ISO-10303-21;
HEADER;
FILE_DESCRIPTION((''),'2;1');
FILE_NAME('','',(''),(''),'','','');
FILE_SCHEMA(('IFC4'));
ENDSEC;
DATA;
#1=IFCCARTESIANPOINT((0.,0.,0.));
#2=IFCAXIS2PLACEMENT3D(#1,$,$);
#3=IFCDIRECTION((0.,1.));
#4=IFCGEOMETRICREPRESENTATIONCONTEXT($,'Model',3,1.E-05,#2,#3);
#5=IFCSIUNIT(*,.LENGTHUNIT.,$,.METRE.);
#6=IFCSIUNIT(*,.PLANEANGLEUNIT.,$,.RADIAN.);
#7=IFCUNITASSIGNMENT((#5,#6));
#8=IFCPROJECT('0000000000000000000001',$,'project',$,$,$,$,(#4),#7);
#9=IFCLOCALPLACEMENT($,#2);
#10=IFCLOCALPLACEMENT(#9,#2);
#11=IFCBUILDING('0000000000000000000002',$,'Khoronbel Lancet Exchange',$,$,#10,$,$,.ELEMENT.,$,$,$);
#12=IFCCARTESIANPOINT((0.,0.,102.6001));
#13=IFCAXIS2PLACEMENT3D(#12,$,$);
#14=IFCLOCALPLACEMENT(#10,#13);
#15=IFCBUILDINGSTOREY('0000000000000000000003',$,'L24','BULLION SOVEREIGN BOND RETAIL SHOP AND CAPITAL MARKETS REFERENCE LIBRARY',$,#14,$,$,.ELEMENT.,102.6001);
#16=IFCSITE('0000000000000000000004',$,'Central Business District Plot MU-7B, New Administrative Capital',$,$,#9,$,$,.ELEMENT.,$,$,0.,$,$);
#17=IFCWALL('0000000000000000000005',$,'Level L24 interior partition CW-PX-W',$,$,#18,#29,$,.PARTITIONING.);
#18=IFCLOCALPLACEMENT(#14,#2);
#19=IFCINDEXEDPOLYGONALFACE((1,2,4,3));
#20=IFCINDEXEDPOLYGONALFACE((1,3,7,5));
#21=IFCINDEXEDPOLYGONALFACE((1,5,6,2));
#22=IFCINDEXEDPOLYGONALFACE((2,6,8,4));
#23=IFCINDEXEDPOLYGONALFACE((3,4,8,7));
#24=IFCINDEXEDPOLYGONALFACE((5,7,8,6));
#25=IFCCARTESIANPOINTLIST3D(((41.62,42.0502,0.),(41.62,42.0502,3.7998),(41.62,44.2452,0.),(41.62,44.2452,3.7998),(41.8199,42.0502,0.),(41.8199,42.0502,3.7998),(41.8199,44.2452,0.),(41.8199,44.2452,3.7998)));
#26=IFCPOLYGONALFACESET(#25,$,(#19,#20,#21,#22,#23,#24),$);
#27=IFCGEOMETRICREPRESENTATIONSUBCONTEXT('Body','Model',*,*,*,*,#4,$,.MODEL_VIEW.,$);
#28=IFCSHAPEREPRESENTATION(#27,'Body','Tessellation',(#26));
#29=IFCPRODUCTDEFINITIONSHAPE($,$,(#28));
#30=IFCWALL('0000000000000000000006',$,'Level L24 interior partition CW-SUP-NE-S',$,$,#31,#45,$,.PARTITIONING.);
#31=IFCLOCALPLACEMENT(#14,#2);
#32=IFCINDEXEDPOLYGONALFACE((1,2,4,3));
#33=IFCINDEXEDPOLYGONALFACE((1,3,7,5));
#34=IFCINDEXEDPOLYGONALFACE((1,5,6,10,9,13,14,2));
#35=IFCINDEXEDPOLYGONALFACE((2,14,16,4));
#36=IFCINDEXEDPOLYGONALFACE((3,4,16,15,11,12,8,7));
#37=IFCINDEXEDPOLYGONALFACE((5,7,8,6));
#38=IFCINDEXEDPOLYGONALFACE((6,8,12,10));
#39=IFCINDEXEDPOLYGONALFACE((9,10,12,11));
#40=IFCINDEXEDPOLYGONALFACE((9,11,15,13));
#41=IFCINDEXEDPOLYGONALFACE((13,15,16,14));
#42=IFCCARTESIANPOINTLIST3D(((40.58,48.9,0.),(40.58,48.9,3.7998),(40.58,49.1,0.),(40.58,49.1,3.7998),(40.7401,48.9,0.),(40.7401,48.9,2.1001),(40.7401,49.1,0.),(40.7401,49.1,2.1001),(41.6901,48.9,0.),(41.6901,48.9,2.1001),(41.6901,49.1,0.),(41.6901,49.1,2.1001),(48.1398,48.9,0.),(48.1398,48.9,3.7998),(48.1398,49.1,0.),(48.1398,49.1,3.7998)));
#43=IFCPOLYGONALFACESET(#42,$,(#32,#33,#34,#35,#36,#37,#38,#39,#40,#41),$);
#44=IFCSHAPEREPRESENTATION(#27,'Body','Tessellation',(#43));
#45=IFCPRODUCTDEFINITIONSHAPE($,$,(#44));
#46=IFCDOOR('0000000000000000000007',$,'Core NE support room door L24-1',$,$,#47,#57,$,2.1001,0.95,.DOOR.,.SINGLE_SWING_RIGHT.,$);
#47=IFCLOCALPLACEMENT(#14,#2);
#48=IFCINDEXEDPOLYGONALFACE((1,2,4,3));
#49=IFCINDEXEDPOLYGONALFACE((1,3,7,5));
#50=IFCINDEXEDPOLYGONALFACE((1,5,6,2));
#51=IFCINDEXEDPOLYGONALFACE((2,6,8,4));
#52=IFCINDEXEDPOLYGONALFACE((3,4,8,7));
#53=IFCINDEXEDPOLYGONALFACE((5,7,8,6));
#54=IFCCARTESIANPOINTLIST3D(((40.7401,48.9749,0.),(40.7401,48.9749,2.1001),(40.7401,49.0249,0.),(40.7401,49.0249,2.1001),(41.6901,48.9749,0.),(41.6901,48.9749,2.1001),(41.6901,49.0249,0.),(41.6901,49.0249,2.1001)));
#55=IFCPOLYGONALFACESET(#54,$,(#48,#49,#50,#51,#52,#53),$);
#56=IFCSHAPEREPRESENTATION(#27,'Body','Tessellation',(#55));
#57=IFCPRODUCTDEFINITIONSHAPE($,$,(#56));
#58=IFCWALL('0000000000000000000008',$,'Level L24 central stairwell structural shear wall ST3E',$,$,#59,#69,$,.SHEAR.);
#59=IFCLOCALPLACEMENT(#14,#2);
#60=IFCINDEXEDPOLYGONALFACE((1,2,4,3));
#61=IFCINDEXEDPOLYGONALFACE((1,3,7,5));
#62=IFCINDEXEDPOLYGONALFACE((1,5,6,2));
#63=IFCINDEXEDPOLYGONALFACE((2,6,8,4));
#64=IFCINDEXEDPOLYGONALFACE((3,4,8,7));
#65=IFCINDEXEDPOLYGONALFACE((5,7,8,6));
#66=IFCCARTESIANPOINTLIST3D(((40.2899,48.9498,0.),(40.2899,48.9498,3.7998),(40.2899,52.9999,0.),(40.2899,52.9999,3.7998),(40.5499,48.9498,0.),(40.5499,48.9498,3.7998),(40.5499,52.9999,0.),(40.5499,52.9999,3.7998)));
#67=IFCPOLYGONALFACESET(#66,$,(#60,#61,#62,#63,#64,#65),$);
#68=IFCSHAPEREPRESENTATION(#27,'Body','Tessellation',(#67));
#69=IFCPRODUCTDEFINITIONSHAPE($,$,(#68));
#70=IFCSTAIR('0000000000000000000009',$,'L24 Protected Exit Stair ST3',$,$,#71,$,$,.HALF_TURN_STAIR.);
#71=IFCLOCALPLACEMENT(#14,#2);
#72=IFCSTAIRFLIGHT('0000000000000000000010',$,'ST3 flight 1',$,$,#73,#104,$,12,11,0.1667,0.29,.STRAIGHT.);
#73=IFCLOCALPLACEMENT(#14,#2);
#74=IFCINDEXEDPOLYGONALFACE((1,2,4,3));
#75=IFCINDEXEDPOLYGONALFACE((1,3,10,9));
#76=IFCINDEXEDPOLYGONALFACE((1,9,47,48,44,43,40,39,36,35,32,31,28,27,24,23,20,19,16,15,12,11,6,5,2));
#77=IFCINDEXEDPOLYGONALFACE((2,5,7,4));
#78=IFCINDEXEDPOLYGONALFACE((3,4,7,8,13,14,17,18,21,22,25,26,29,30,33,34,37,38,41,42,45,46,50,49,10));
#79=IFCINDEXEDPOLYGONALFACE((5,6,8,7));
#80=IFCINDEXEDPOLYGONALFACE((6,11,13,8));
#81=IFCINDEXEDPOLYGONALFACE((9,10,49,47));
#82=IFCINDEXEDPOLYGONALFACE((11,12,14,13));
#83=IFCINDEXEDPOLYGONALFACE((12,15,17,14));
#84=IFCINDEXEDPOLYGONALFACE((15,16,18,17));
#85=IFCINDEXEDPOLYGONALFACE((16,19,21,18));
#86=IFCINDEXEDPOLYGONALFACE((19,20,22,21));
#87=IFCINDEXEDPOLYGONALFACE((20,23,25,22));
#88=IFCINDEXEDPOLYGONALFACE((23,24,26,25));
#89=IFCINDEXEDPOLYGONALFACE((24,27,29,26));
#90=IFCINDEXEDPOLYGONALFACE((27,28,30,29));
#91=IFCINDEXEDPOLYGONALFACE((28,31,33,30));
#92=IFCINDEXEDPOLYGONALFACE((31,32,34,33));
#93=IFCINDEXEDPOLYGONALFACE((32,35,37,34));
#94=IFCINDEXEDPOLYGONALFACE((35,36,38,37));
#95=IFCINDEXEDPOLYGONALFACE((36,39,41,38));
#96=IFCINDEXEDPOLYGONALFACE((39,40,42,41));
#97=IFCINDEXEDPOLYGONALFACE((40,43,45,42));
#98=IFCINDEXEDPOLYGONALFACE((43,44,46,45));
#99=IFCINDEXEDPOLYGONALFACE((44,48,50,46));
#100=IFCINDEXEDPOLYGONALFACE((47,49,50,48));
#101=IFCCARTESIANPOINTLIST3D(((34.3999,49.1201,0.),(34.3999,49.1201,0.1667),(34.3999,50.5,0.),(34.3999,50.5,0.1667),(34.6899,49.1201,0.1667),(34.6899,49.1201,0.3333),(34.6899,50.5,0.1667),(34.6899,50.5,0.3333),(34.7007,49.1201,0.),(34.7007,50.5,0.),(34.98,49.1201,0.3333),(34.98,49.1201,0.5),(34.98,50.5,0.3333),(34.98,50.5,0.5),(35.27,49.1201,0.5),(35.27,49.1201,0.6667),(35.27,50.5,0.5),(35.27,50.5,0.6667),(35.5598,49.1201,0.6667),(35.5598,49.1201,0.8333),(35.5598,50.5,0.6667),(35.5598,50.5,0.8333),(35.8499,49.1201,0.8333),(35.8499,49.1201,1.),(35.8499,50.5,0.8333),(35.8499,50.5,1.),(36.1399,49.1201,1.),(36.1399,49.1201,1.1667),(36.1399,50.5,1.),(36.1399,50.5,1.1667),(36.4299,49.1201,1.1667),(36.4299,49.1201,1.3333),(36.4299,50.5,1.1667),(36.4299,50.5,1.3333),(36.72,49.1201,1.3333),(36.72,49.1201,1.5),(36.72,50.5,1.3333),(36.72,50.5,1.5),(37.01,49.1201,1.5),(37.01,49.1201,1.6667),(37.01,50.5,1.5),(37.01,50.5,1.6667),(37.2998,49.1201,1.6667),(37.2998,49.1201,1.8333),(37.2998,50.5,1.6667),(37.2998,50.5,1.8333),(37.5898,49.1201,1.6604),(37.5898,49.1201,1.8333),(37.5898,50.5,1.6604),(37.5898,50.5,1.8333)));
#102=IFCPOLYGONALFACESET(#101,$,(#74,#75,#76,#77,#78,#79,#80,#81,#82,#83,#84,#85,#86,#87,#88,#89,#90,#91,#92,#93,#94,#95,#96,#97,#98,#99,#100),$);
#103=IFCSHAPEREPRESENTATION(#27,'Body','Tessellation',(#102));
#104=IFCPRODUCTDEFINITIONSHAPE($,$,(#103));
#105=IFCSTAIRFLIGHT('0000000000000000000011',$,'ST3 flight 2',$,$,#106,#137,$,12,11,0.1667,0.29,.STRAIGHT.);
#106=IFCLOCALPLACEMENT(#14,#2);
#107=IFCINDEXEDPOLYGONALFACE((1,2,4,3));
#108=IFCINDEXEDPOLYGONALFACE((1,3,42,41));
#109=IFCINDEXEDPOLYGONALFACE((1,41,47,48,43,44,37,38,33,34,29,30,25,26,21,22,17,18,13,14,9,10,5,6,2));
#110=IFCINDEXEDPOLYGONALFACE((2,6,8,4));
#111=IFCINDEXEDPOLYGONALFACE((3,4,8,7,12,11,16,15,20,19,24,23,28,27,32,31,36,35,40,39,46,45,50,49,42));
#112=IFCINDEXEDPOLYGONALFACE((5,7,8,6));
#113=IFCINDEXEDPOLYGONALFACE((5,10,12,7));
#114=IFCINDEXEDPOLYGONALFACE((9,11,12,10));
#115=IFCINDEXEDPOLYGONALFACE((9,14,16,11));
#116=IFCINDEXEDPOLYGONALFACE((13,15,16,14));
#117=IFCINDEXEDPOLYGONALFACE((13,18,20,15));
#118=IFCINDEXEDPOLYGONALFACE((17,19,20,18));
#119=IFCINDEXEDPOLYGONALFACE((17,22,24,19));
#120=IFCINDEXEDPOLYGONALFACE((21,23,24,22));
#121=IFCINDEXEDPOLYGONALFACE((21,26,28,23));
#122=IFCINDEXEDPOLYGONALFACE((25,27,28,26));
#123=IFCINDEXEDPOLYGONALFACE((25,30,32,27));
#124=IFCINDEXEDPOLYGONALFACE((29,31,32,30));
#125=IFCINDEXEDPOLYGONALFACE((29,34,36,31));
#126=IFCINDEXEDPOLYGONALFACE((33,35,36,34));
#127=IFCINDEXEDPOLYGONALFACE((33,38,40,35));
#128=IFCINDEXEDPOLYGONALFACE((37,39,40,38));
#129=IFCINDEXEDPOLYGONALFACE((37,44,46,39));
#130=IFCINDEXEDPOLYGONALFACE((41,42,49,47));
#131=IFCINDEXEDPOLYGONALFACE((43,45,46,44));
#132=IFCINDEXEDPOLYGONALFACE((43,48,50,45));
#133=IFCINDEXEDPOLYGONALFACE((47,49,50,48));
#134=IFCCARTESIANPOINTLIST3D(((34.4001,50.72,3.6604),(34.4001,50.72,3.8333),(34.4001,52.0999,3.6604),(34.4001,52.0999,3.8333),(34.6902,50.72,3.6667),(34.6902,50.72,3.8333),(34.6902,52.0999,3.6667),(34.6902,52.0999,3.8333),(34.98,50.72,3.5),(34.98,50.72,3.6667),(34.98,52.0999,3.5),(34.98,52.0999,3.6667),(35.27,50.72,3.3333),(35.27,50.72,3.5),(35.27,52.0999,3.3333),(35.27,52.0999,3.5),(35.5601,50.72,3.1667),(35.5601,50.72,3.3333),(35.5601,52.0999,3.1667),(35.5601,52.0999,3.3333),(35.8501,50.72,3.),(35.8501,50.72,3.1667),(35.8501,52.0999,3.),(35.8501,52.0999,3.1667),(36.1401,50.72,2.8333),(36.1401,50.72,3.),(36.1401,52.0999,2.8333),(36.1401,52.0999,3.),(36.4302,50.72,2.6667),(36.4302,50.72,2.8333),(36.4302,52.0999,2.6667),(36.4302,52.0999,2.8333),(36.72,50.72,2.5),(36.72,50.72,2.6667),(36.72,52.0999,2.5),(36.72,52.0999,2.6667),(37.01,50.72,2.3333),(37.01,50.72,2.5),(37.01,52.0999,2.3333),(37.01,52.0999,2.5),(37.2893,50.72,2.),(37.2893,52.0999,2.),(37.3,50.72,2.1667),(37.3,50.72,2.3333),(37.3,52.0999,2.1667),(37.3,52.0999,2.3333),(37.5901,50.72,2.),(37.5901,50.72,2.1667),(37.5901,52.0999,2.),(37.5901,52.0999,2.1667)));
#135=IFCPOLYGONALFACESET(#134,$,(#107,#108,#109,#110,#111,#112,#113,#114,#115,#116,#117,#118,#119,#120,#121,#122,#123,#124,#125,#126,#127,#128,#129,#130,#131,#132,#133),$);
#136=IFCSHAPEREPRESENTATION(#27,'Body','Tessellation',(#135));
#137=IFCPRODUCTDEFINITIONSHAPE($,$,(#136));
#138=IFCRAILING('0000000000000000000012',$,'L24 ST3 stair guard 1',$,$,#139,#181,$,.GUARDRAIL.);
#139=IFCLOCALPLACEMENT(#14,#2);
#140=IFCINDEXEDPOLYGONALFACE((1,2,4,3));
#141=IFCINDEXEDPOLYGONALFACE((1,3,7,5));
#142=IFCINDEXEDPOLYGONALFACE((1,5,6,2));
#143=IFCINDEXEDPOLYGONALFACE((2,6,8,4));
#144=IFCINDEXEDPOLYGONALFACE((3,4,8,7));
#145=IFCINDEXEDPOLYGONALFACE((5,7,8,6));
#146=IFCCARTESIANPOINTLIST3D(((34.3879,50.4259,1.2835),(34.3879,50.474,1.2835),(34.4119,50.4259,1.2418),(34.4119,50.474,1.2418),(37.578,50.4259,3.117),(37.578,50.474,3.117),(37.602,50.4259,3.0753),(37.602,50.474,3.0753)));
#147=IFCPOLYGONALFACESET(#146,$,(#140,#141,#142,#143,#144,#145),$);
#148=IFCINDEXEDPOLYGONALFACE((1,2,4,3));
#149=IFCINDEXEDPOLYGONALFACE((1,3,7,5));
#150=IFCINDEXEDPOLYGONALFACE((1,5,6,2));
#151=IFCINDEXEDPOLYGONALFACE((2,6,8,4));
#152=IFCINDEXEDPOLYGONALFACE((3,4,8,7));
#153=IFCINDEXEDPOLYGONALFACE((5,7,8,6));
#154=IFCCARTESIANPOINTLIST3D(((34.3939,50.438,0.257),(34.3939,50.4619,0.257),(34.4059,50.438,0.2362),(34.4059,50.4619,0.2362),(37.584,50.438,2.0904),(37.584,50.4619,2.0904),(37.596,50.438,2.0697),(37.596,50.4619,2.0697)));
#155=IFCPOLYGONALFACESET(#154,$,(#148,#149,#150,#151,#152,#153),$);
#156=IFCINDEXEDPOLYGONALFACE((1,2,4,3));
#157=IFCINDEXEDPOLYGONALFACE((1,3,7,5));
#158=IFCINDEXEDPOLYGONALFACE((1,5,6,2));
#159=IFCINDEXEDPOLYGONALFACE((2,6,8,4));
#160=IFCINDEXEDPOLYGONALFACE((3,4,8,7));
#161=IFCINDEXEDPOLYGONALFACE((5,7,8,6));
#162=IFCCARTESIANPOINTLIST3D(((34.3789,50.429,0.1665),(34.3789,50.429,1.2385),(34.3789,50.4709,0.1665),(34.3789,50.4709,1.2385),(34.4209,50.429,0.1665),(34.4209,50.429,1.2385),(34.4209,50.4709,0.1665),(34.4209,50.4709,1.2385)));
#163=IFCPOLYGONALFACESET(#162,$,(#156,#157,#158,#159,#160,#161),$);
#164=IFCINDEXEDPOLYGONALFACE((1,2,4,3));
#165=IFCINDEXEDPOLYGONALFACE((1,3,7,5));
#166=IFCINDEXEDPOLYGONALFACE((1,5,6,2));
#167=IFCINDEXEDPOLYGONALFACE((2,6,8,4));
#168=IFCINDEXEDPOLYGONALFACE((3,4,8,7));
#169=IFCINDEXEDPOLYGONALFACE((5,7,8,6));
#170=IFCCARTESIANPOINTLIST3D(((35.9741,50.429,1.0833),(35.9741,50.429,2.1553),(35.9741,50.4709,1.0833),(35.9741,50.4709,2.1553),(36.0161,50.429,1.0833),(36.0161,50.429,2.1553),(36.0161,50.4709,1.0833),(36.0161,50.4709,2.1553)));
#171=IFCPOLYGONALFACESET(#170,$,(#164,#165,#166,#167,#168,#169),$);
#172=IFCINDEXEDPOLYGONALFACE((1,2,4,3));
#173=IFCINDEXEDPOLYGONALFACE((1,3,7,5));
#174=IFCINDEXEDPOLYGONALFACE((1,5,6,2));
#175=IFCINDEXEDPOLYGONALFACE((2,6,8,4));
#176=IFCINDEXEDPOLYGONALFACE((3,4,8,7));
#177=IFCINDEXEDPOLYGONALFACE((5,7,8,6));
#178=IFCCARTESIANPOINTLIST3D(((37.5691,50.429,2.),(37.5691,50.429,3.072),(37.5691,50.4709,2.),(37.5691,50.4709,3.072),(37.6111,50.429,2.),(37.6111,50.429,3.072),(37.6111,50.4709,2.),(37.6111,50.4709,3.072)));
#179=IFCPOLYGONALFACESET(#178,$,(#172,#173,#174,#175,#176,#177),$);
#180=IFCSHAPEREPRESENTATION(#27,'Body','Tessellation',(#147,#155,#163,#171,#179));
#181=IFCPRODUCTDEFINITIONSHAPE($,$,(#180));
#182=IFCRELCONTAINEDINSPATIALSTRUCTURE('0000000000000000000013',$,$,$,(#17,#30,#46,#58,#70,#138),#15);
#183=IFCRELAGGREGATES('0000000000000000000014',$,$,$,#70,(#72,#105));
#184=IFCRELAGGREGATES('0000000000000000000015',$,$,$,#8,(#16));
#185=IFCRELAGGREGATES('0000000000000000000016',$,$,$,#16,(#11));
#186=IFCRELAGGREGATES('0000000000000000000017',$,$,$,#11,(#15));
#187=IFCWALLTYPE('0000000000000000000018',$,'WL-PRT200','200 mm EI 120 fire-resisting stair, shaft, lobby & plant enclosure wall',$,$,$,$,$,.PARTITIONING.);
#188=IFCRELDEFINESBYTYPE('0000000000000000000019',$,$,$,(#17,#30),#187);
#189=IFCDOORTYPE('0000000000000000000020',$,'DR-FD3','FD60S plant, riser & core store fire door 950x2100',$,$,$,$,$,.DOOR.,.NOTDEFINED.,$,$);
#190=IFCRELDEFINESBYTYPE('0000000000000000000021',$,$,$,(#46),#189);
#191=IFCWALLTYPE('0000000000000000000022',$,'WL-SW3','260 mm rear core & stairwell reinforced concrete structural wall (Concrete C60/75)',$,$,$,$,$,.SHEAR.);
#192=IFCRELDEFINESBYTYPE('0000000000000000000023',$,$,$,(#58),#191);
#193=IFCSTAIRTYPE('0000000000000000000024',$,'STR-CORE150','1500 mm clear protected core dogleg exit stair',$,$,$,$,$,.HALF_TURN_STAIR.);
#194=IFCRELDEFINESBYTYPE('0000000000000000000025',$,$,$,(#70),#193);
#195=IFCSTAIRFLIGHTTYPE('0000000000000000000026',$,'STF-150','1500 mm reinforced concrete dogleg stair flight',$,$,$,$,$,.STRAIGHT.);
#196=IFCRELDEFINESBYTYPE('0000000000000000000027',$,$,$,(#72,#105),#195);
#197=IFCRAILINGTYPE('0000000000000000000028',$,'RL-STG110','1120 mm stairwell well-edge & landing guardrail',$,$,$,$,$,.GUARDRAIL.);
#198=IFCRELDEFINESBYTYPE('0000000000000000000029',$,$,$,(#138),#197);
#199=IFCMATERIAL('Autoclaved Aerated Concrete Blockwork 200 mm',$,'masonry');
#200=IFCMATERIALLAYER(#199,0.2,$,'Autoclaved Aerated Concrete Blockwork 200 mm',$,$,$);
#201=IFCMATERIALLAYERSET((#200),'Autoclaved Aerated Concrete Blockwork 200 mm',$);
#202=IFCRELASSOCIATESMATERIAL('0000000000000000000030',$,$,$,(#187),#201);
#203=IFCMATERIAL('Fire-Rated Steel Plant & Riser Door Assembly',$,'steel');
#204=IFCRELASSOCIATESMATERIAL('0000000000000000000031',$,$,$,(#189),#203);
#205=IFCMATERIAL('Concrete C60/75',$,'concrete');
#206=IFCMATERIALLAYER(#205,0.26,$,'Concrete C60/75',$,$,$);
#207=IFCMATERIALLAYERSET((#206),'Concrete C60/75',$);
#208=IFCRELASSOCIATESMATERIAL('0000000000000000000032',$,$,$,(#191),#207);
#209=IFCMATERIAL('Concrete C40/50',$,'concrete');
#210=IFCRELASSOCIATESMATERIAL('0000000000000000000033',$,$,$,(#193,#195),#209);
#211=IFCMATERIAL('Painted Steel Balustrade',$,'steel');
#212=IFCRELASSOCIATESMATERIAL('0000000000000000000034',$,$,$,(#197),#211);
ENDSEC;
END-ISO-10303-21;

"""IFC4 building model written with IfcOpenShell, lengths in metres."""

from ifc_helpers import new_model, si_unit, direction, frame, frame_2d, origin, origin_2d, place, context, subcontext, project, spatial, polyline, rectangle, outline, extrude, material, layer, layer_set, type_object, element, fill, aggregate, save


model = new_model("IFC4")

# Units and contexts
model_context = context("Model", 3, precision=1e-05, world=origin(), true_north=direction((0.0, 1.0)))
body_context = subcontext(model_context, "Body", "Model", "MODEL_VIEW")
ifc_project = project(units=[si_unit("LENGTHUNIT", "METRE"), si_unit("PLANEANGLEUNIT", "RADIAN")], contexts=[model_context])

# Site, building, storey
site_placement = place(None, origin())
site = spatial("IfcSite", under=ifc_project, at=site_placement, Name="Central Business District Plot MU-7B, New Administrative Capital", CompositionType="ELEMENT", RefElevation=0.0)
building_placement = place(site_placement, origin())
building = spatial("IfcBuilding", under=site, at=building_placement, Name="Khoronbel Lancet Exchange", CompositionType="ELEMENT")
storey_placement = place(building_placement, frame((0.0, 0.0, 102.6001)))
storey = spatial("IfcBuildingStorey", under=building, at=storey_placement, Name="L24", Description="BULLION SOVEREIGN BOND RETAIL SHOP AND CAPITAL MARKETS REFERENCE LIBRARY", CompositionType="ELEMENT", Elevation=102.6001)

# Wall
ifc_material_1 = material(Name="Autoclaved Aerated Concrete Blockwork 200 mm", Category="masonry")
ifc_layer_1 = layer(ifc_material_1, 0.2, Name="Autoclaved Aerated Concrete Blockwork 200 mm")
ifc_layer_set_1 = layer_set([ifc_layer_1], Name="Autoclaved Aerated Concrete Blockwork 200 mm")
wall_type_1 = type_object("IfcWallType", Name="WL-PRT200", Description="200 mm EI 120 fire-resisting stair, shaft, lobby & plant enclosure wall", PredefinedType="PARTITIONING", material=ifc_layer_set_1)
wall_1_placement = place(storey_placement, frame((41.72, 42.05, 0.0), z_axis=(0.0, 0.0, 1.0), x_axis=(0.0, 1.0, 0.0)))
element("IfcWall", 1, at=wall_1_placement, inside=storey, type_object=wall_type_1, Name="Level L24 interior partition CW-PX-W", PredefinedType="PARTITIONING", context=body_context, shape_type="SweptSolid", body=[
    extrude(rectangle(XDim=2.1951, YDim=0.2, at=frame_2d((1.0977, 0.0))), origin(), (0.0, 0.0, 1.0), 3.7998),
])

# Wall, opening, door
wall_2_placement = place(storey_placement, frame((40.5801, 49.0, 0.0), z_axis=(0.0, 0.0, 1.0), x_axis=(1.0, 0.0, 0.0)))
wall_2 = element("IfcWall", 2, at=wall_2_placement, inside=storey, type_object=wall_type_1, Name="Level L24 interior partition CW-SUP-NE-S", PredefinedType="PARTITIONING", context=body_context, shape_type="SweptSolid", body=[
    extrude(rectangle(XDim=7.5598, YDim=0.2, at=frame_2d((3.7798, 0.0))), origin(), (0.0, 0.0, 1.0), 3.7998),
])
opening_placement = place(wall_2_placement, frame((0.1599, 0.0, 0.0)))
opening = element("IfcOpeningElement", 3, at=opening_placement, cuts=wall_2, PredefinedType="OPENING", context=body_context, shape_type="SweptSolid", body=[
    extrude(rectangle(XDim=0.95, YDim=2.1001, at=frame_2d((0.4751, 1.05))), frame((0.0, 0.1099, 0.0), z_axis=(0.0, -1.0, 0.0), x_axis=(1.0, 0.0, 0.0)), (0.0, 0.0, 1.0), 0.22),
])
ifc_material_2 = material(Name="Fire-Rated Steel Plant & Riser Door Assembly", Category="steel")
door_type = type_object("IfcDoorType", Name="DR-FD3", Description="FD60S plant, riser & core store fire door 950x2100", OperationType="NOTDEFINED", PredefinedType="DOOR", material=ifc_material_2)
door_placement = place(opening_placement, origin())
door = element("IfcDoor", 4, at=door_placement, inside=storey, type_object=door_type, Name="Core NE support room door L24-1", OperationType="SINGLE_SWING_RIGHT", OverallHeight=2.1001, OverallWidth=0.95, PredefinedType="DOOR", context=body_context, shape_type="SweptSolid", body=[
    extrude(rectangle(XDim=0.95, YDim=2.1001, at=frame_2d((0.4751, 1.05))), frame((0.0, 0.0249, 0.0), z_axis=(0.0, -1.0, 0.0), x_axis=(1.0, 0.0, 0.0)), (0.0, 0.0, 1.0), 0.05),
])
fill(opening, door)

# Wall
ifc_material_3 = material(Name="Concrete C60/75", Category="concrete")
ifc_layer_2 = layer(ifc_material_3, 0.26, Name="Concrete C60/75")
ifc_layer_set_2 = layer_set([ifc_layer_2], Name="Concrete C60/75")
wall_type_2 = type_object("IfcWallType", Name="WL-SW3", Description="260 mm rear core & stairwell reinforced concrete structural wall (Concrete C60/75)", PredefinedType="SHEAR", material=ifc_layer_set_2)
wall_3_placement = place(storey_placement, frame((40.4199, 48.95, 0.0), z_axis=(0.0, 0.0, 1.0), x_axis=(0.0, 1.0, 0.0)))
element("IfcWall", 5, at=wall_3_placement, inside=storey, type_object=wall_type_2, Name="Level L24 central stairwell structural shear wall ST3E", PredefinedType="SHEAR", context=body_context, shape_type="SweptSolid", body=[
    extrude(rectangle(XDim=4.05, YDim=0.26, at=frame_2d((2.0249, 0.0))), origin(), (0.0, 0.0, 1.0), 3.7998),
])

# Stair, stair flights
ifc_material_4 = material(Name="Concrete C40/50", Category="concrete")
stair_type = type_object("IfcStairType", Name="STR-CORE150", Description="1500 mm clear protected core dogleg exit stair", PredefinedType="HALF_TURN_STAIR", material=ifc_material_4)
stair_placement = place(storey_placement, origin())
stair = element("IfcStair", 6, at=stair_placement, inside=storey, type_object=stair_type, Name="L24 Protected Exit Stair ST3", PredefinedType="HALF_TURN_STAIR")
stair_flight_type = type_object("IfcStairFlightType", Name="STF-150", Description="1500 mm reinforced concrete dogleg stair flight", PredefinedType="STRAIGHT", material=ifc_material_4)
stair_flight_1_placement = place(storey_placement, frame((34.3999, 49.8101, 0.0), z_axis=(0.0, 0.0, 1.0), x_axis=(1.0, 0.0, 0.0)))
stair_flight_1 = element("IfcStairFlight", 7, at=stair_flight_1_placement, type_object=stair_flight_type, Name="ST3 flight 1", NumberOfRisers=12, NumberOfTreads=11, PredefinedType="STRAIGHT", RiserHeight=0.1667, TreadLength=0.29, context=body_context, shape_type="SweptSolid", body=[
    extrude(outline(polyline([(0.0, 0.0), (0.0, 0.1667), (0.29, 0.1667), (0.29, 0.3333), (0.5801, 0.3333), (0.5801, 0.5), (0.8701, 0.5), (0.8701, 0.6667), (1.1599, 0.6667), (1.1599, 0.8333), (1.45, 0.8333), (1.45, 1.0), (1.74, 1.0), (1.74, 1.1667), (2.03, 1.1667), (2.03, 1.3333), (2.3201, 1.3333), (2.3201, 1.5), (2.6101, 1.5), (2.6101, 1.6667), (2.8999, 1.6667), (2.8999, 1.8333), (3.1899, 1.8333), (3.1899, 2.0), (3.1899, 1.6604), (0.3008, 0.0), (0.0, 0.0)])), frame((0.0, 0.6899, 0.0), z_axis=(0.0, -1.0, 0.0), x_axis=(1.0, 0.0, 0.0)), (0.0, 0.0, 1.0), 1.3799),
])
stair_flight_2_placement = place(storey_placement, frame((37.5901, 51.4099, 2.0), z_axis=(0.0, 0.0, 1.0), x_axis=(-1.0, 0.0, 0.0)))
stair_flight_2 = element("IfcStairFlight", 8, at=stair_flight_2_placement, type_object=stair_flight_type, Name="ST3 flight 2", NumberOfRisers=12, NumberOfTreads=11, PredefinedType="STRAIGHT", RiserHeight=0.1667, TreadLength=0.29, context=body_context, shape_type="SweptSolid", body=[
    extrude(outline(polyline([(0.0, 0.0), (0.0, 0.1667), (0.29, 0.1667), (0.29, 0.3333), (0.5801, 0.3333), (0.5801, 0.5), (0.8701, 0.5), (0.8701, 0.6667), (1.1599, 0.6667), (1.1599, 0.8333), (1.45, 0.8333), (1.45, 1.0), (1.74, 1.0), (1.74, 1.1667), (2.03, 1.1667), (2.03, 1.3333), (2.3201, 1.3333), (2.3201, 1.5), (2.6101, 1.5), (2.6101, 1.6667), (2.8999, 1.6667), (2.8999, 1.8333), (3.1899, 1.8333), (3.1899, 2.0), (3.1899, 1.6604), (0.3008, 0.0), (0.0, 0.0)])), frame((0.0, 0.6899, 0.0), z_axis=(0.0, -1.0, 0.0), x_axis=(1.0, 0.0, 0.0)), (0.0, 0.0, 1.0), 1.3799),
])
aggregate(stair, [stair_flight_1, stair_flight_2])

# Railing
ifc_material_5 = material(Name="Painted Steel Balustrade", Category="steel")
railing_type_1 = type_object("IfcRailingType", Name="RL-STG110", Description="1120 mm stairwell well-edge & landing guardrail", PredefinedType="GUARDRAIL", material=ifc_material_5)
railing_1_placement = place(storey_placement, frame((34.3999, 50.45, 0.1665)))
element("IfcRailing", 9, at=railing_1_placement, inside=storey, type_object=railing_type_1, Name="L24 ST3 stair guard 1", PredefinedType="GUARDRAIL", context=body_context, shape_type="SweptSolid", body=[
    extrude(rectangle(XDim=0.0481, YDim=0.0481, at=origin_2d()), frame((0.0, 0.0, 1.0962), z_axis=(0.867007, 0.0, 0.498295), x_axis=(0.0, 1.0, 0.0)), (0.0, 0.0, 1.0), 3.6794),
    extrude(rectangle(XDim=0.0239, YDim=0.0239, at=origin_2d()), frame((0.0, 0.0, 0.0801), z_axis=(0.867007, 0.0, 0.498295), x_axis=(0.0, 1.0, 0.0)), (0.0, 0.0, 1.0), 3.6794),
    extrude(rectangle(XDim=0.042, YDim=0.042, at=origin_2d()), origin(), (0.0, 0.0, 1.0), 1.072),
    extrude(rectangle(XDim=0.042, YDim=0.042, at=origin_2d()), frame((1.5952, 0.0, 0.9167)), (0.0, 0.0, 1.0), 1.072),
    extrude(rectangle(XDim=0.042, YDim=0.042, at=origin_2d()), frame((3.1902, 0.0, 1.8335)), (0.0, 0.0, 1.0), 1.072),
])

save(model, "model.ifc")
